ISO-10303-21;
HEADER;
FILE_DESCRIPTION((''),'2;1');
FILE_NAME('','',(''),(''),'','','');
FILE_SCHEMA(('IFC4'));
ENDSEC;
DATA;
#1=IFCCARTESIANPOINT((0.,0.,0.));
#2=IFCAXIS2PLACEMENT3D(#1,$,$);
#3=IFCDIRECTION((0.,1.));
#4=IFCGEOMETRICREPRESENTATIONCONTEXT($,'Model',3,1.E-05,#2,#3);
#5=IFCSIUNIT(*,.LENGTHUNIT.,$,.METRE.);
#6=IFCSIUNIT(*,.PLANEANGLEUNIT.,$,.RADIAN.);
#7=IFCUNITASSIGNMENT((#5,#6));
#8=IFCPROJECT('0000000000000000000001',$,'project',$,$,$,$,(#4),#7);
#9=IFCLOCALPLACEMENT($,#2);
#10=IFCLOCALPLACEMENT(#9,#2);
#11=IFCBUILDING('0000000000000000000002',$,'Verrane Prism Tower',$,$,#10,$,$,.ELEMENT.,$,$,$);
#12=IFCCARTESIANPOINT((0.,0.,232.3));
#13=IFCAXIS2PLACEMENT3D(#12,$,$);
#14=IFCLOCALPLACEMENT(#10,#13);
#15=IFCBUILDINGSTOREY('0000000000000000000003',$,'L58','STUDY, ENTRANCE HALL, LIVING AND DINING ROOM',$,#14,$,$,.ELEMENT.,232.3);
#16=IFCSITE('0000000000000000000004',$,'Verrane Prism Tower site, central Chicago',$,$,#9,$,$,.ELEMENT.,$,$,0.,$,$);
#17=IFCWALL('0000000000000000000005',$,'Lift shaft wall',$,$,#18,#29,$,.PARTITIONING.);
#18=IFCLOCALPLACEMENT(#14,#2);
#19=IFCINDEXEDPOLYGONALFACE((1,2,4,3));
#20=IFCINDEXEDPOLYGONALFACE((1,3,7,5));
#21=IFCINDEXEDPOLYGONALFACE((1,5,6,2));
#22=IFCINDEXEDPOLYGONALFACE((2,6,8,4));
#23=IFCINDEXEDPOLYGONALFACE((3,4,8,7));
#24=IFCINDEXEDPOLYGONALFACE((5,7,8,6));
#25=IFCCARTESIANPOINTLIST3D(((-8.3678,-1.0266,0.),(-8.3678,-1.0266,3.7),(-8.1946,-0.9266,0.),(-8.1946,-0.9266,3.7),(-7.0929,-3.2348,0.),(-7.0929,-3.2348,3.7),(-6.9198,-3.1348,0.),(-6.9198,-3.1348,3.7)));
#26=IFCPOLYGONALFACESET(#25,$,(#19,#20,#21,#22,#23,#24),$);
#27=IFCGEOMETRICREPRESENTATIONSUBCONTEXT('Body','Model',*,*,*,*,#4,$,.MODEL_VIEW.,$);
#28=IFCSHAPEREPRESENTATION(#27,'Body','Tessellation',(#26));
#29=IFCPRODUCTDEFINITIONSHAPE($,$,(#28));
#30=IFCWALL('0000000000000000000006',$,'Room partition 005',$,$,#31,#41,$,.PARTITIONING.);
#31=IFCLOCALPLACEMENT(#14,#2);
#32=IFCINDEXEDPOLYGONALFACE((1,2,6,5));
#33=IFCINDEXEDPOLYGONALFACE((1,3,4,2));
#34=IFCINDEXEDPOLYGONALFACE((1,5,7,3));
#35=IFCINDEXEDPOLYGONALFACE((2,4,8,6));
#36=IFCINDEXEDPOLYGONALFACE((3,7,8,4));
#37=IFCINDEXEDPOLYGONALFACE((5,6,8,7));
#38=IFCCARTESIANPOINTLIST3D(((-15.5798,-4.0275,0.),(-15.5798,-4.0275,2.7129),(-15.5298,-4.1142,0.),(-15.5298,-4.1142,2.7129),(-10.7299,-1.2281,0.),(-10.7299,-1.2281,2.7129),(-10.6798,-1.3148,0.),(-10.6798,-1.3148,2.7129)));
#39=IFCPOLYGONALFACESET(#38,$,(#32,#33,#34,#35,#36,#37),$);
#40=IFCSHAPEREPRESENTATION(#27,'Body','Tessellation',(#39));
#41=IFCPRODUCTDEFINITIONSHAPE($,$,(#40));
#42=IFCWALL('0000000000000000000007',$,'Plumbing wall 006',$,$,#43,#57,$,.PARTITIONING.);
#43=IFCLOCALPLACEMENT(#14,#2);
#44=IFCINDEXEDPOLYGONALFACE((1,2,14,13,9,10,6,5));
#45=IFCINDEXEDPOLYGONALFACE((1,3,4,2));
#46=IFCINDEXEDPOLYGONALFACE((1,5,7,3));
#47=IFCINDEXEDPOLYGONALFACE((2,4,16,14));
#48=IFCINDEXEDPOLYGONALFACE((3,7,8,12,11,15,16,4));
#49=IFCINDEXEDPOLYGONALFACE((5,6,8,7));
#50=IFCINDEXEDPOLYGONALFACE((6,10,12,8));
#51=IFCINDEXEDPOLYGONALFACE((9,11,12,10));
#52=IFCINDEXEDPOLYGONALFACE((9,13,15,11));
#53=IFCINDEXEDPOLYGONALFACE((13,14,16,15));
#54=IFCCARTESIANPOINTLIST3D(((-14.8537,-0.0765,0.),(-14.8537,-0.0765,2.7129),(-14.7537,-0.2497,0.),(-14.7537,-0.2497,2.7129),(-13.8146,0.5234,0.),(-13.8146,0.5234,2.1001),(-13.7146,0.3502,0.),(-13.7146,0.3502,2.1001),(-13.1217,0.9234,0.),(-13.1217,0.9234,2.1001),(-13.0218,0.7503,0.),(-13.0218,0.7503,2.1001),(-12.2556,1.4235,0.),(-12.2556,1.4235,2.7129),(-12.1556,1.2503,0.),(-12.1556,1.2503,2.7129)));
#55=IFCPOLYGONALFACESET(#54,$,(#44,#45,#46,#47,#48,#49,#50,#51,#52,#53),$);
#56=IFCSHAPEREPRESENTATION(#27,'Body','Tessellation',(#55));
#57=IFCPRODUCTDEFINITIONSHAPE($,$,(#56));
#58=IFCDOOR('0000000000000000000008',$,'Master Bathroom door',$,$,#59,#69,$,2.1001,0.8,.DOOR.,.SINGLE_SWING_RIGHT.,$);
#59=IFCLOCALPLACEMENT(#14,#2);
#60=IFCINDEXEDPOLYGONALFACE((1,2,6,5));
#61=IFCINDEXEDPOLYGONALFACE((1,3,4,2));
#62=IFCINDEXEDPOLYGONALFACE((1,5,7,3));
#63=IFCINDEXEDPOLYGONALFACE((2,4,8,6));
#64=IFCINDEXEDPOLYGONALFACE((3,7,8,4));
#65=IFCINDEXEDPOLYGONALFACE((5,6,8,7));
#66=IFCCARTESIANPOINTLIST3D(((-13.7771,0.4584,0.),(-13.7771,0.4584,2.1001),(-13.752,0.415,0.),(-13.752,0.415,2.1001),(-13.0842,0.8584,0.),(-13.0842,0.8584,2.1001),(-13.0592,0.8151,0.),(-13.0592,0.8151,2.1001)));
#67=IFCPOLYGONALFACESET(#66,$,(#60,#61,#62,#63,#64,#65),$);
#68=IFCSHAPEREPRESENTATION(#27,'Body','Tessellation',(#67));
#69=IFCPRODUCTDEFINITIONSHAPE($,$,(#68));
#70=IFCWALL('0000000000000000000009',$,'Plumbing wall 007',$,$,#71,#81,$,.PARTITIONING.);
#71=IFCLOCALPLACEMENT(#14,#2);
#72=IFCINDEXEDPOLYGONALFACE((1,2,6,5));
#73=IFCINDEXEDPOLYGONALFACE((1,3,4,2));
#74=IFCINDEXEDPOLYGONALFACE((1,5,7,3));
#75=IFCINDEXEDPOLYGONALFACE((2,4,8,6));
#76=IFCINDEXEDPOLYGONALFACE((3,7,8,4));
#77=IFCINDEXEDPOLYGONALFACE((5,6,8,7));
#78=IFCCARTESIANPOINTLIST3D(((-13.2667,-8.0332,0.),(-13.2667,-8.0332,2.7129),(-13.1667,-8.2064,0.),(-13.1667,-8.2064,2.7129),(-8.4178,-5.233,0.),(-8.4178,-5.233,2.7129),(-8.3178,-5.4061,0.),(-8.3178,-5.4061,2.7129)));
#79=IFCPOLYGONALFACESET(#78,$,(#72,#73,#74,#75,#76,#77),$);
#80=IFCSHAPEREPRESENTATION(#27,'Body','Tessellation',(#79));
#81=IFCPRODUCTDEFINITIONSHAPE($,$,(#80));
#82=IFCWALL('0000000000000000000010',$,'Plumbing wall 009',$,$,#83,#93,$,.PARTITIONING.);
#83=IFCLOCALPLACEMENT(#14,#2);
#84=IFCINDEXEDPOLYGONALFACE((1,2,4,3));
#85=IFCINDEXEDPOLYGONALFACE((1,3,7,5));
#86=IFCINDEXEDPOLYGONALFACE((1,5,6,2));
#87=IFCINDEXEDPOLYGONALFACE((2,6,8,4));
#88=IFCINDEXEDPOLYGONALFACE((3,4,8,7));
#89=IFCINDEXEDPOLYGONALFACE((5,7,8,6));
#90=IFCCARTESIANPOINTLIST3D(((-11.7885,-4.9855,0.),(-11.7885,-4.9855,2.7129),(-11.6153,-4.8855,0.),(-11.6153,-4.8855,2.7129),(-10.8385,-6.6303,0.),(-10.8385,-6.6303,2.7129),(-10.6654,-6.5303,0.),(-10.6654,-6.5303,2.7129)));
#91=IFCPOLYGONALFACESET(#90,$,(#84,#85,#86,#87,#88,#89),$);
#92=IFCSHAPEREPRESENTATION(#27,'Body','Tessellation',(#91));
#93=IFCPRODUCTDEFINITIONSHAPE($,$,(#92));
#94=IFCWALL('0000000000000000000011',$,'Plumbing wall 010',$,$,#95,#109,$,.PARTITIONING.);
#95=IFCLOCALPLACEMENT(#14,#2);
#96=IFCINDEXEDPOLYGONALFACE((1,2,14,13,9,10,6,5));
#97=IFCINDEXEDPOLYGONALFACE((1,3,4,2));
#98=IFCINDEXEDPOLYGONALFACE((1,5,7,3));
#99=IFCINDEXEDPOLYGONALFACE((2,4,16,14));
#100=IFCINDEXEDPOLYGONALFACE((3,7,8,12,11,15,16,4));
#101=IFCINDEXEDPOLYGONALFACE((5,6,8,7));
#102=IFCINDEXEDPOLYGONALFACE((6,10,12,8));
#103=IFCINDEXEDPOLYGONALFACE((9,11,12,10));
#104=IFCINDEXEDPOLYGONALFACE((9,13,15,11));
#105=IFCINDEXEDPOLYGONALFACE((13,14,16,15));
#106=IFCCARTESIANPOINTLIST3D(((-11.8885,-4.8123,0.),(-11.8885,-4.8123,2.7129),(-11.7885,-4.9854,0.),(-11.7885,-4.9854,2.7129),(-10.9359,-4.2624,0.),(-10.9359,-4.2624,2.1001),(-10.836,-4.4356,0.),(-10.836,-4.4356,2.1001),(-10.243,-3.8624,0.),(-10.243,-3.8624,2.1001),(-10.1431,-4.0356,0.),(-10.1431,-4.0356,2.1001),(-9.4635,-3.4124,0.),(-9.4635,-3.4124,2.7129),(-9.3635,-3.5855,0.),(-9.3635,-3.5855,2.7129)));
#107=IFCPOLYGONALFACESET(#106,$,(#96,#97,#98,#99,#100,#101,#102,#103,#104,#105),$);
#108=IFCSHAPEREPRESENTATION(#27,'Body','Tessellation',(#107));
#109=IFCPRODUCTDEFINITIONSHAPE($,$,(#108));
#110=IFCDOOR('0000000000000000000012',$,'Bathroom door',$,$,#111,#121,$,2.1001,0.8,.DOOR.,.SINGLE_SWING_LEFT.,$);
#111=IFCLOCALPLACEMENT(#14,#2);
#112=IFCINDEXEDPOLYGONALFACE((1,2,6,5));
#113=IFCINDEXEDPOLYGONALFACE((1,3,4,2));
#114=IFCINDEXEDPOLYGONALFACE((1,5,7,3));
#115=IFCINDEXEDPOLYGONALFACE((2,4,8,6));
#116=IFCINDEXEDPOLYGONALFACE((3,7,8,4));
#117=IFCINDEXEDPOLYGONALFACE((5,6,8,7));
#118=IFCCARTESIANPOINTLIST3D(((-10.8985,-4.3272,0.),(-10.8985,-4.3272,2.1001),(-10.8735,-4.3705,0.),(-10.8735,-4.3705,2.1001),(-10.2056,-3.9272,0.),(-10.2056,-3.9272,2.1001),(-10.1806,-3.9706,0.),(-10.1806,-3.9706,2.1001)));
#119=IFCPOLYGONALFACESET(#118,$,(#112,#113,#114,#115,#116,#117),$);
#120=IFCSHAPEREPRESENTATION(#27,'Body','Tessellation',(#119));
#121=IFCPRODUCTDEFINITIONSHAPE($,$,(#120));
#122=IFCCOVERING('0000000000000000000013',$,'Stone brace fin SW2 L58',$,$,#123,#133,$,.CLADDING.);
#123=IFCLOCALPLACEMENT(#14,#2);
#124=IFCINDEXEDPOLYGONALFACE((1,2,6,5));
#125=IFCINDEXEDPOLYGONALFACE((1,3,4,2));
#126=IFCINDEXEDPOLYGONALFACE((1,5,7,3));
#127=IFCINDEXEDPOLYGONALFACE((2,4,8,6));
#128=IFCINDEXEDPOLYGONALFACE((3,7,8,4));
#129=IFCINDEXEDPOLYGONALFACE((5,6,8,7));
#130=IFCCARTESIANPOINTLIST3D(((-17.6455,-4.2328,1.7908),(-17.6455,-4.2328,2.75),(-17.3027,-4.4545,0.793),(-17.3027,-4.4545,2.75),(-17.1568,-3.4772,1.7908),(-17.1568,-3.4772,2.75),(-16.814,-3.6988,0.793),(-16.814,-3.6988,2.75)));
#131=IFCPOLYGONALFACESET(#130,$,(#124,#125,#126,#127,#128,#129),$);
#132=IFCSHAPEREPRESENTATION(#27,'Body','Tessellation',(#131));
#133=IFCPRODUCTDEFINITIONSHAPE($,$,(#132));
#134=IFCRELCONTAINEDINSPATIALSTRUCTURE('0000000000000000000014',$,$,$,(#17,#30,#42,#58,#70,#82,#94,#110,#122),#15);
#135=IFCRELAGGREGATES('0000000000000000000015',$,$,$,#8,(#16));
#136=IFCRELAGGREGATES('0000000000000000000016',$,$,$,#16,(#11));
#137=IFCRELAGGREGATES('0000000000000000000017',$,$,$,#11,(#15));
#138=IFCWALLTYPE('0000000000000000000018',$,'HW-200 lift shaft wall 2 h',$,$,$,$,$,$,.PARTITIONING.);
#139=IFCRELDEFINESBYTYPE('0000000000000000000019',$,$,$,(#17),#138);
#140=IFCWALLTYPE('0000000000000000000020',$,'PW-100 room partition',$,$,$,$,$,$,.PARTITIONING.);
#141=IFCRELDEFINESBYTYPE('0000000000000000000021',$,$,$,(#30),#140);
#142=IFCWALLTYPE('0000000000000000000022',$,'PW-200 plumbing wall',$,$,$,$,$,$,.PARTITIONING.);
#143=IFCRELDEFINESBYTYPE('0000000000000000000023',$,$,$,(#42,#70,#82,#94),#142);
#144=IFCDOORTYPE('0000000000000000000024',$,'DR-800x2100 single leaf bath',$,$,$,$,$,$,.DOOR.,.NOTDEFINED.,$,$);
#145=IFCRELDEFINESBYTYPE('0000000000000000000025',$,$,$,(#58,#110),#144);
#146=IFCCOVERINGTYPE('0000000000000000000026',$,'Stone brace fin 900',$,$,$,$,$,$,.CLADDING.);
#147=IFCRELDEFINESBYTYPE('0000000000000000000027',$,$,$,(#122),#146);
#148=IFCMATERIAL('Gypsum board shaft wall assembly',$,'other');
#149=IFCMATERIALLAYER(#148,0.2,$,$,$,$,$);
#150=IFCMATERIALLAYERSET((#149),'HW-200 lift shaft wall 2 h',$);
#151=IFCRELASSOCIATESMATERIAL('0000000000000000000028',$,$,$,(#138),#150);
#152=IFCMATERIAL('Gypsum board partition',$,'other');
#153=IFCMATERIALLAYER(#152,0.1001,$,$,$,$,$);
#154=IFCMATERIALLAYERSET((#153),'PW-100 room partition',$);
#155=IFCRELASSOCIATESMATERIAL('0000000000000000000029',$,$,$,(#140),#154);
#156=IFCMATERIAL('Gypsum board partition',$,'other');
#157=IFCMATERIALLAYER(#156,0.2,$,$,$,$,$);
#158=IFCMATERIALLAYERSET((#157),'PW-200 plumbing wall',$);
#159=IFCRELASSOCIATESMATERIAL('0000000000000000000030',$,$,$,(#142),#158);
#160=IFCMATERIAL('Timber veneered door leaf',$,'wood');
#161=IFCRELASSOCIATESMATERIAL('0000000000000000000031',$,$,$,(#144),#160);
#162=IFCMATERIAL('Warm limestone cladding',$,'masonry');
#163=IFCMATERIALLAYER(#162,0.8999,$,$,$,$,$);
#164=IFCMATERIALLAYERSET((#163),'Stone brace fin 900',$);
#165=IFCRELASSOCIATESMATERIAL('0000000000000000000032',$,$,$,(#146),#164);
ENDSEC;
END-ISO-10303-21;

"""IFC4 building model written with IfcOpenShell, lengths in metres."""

from ifc_helpers import new_model, si_unit, direction, frame, frame_2d, origin, place, context, subcontext, project, spatial, polyline, rectangle, outline, extrude, material, layer, layer_set, type_object, element, fill, save


model = new_model("IFC4")

# Units and contexts
model_context = context("Model", 3, precision=1e-05, world=origin(), true_north=direction((0.0, 1.0)))
body_context = subcontext(model_context, "Body", "Model", "MODEL_VIEW")
ifc_project = project(units=[si_unit("LENGTHUNIT", "METRE"), si_unit("PLANEANGLEUNIT", "RADIAN")], contexts=[model_context])

# Site, building, storey
site_placement = place(None, origin())
site = spatial("IfcSite", under=ifc_project, at=site_placement, Name="Verrane Prism Tower site, central Chicago", CompositionType="ELEMENT", RefElevation=0.0)
building_placement = place(site_placement, origin())
building = spatial("IfcBuilding", under=site, at=building_placement, Name="Verrane Prism Tower", CompositionType="ELEMENT")
storey_placement = place(building_placement, frame((0.0, 0.0, 232.3)))
storey = spatial("IfcBuildingStorey", under=building, at=storey_placement, Name="L58", Description="STUDY, ENTRANCE HALL, LIVING AND DINING ROOM", CompositionType="ELEMENT", Elevation=232.3)

# Walls
ifc_material_1 = material(Name="Gypsum board shaft wall assembly", Category="other")
ifc_layer_1 = layer(ifc_material_1, 0.2)
ifc_layer_set_1 = layer_set([ifc_layer_1], Name="HW-200 lift shaft wall 2 h")
wall_type_1 = type_object("IfcWallType", Name="HW-200 lift shaft wall 2 h", PredefinedType="PARTITIONING", material=ifc_layer_set_1)
wall_1_placement = place(storey_placement, frame((-7.0063, -3.1848, 0.0), z_axis=(0.0, 0.0, 1.0), x_axis=(-0.49999, 0.866031, 0.0)))
element("IfcWall", 1, at=wall_1_placement, inside=storey, type_object=wall_type_1, Name="Lift shaft wall", PredefinedType="PARTITIONING", context=body_context, shape_type="SweptSolid", body=[
    extrude(rectangle(XDim=2.5498, YDim=0.2, at=frame_2d((1.2749, 0.0))), origin(), (0.0, 0.0, 1.0), 3.7),
])
ifc_material_2 = material(Name="Gypsum board partition", Category="other")
ifc_layer_2 = layer(ifc_material_2, 0.1001)
ifc_layer_set_2 = layer_set([ifc_layer_2], Name="PW-100 room partition")
wall_type_2 = type_object("IfcWallType", Name="PW-100 room partition", PredefinedType="PARTITIONING", material=ifc_layer_set_2)
wall_2_placement = place(storey_placement, frame((-15.5547, -4.0708, 0.0), z_axis=(0.0, 0.0, 1.0), x_axis=(0.866083, 0.4999, 0.0)))
element("IfcWall", 2, at=wall_2_placement, inside=storey, type_object=wall_type_2, Name="Room partition 005", PredefinedType="PARTITIONING", context=body_context, shape_type="SweptSolid", body=[
    extrude(rectangle(XDim=5.5999, YDim=0.1001, at=frame_2d((2.7998, 0.0))), origin(), (0.0, 0.0, 1.0), 2.7129),
])

# Wall, opening, door
ifc_material_3 = material(Name="Gypsum board partition", Category="other")
ifc_layer_3 = layer(ifc_material_3, 0.2)
ifc_layer_set_3 = layer_set([ifc_layer_3], Name="PW-200 plumbing wall")
wall_type_3 = type_object("IfcWallType", Name="PW-200 plumbing wall", PredefinedType="PARTITIONING", material=ifc_layer_set_3)
wall_3_placement = place(storey_placement, frame((-14.8037, -0.1631, 0.0), z_axis=(0.0, 0.0, 1.0), x_axis=(0.866031, 0.49999, 0.0)))
wall_3 = element("IfcWall", 3, at=wall_3_placement, inside=storey, type_object=wall_type_3, Name="Plumbing wall 006", PredefinedType="PARTITIONING", context=body_context, shape_type="SweptSolid", body=[
    extrude(rectangle(XDim=3.0, YDim=0.2, at=frame_2d((1.5, 0.0))), origin(), (0.0, 0.0, 1.0), 2.7129),
])
opening_1_placement = place(wall_3_placement, frame((1.2, 0.0, 0.0)))
opening_1 = element("IfcOpeningElement", 4, at=opening_1_placement, cuts=wall_3, PredefinedType="OPENING", context=body_context, shape_type="SweptSolid", body=[
    extrude(rectangle(XDim=0.8, YDim=2.1001, at=frame_2d((0.3999, 1.05))), frame((0.0, 0.1099, 0.0), z_axis=(0.0, -1.0, 0.0), x_axis=(1.0, 0.0, 0.0)), (0.0, 0.0, 1.0), 0.22),
])
ifc_material_4 = material(Name="Timber veneered door leaf", Category="wood")
door_type = type_object("IfcDoorType", Name="DR-800x2100 single leaf bath", OperationType="NOTDEFINED", PredefinedType="DOOR", material=ifc_material_4)
door_1_placement = place(opening_1_placement, origin())
door_1 = element("IfcDoor", 5, at=door_1_placement, inside=storey, type_object=door_type, Name="Master Bathroom door", OperationType="SINGLE_SWING_RIGHT", OverallHeight=2.1001, OverallWidth=0.8, PredefinedType="DOOR", context=body_context, shape_type="SweptSolid", body=[
    extrude(rectangle(XDim=0.8, YDim=2.1001, at=frame_2d((0.3999, 1.05))), frame((0.0, 0.0249, 0.0), z_axis=(0.0, -1.0, 0.0), x_axis=(1.0, 0.0, 0.0)), (0.0, 0.0, 1.0), 0.05),
])
fill(opening_1, door_1)

# Walls
wall_4_placement = place(storey_placement, frame((-13.2168, -8.1199, 0.0), z_axis=(0.0, 0.0, 1.0), x_axis=(0.865964, 0.500106, 0.0)))
element("IfcWall", 6, at=wall_4_placement, inside=storey, type_object=wall_type_3, Name="Plumbing wall 007", PredefinedType="PARTITIONING", context=body_context, shape_type="SweptSolid", body=[
    extrude(rectangle(XDim=5.5994, YDim=0.2, at=frame_2d((2.7998, 0.0))), origin(), (0.0, 0.0, 1.0), 2.7129),
])
wall_5_placement = place(storey_placement, frame((-11.7019, -4.9355, 0.0), z_axis=(0.0, 0.0, 1.0), x_axis=(0.500134, -0.865948, 0.0)))
element("IfcWall", 7, at=wall_5_placement, inside=storey, type_object=wall_type_3, Name="Plumbing wall 009", PredefinedType="PARTITIONING", context=body_context, shape_type="SweptSolid", body=[
    extrude(rectangle(XDim=1.8994, YDim=0.2, at=frame_2d((0.9497, 0.0))), origin(), (0.0, 0.0, 1.0), 2.7129),
])

# Wall, opening, door
wall_6_placement = place(storey_placement, frame((-9.4136, -3.499, 0.0), z_axis=(0.0, 0.0, 1.0), x_axis=(-0.866056, -0.499946, 0.0)))
wall_6 = element("IfcWall", 8, at=wall_6_placement, inside=storey, type_object=wall_type_3, Name="Plumbing wall 010", PredefinedType="PARTITIONING", context=body_context, shape_type="SweptSolid", body=[
    extrude(rectangle(XDim=2.8, YDim=0.2, at=frame_2d((1.3999, 0.0))), origin(), (0.0, 0.0, 1.0), 2.7129),
])
opening_2_placement = place(wall_6_placement, frame((0.9001, 0.0, 0.0)))
opening_2 = element("IfcOpeningElement", 9, at=opening_2_placement, cuts=wall_6, PredefinedType="OPENING", context=body_context, shape_type="SweptSolid", body=[
    extrude(rectangle(XDim=0.8, YDim=2.1001, at=frame_2d((0.3999, 1.05))), frame((0.0, 0.1099, 0.0), z_axis=(0.0, -1.0, 0.0), x_axis=(1.0, 0.0, 0.0)), (0.0, 0.0, 1.0), 0.22),
])
door_2_placement = place(opening_2_placement, origin())
door_2 = element("IfcDoor", 10, at=door_2_placement, inside=storey, type_object=door_type, Name="Bathroom door", OperationType="SINGLE_SWING_LEFT", OverallHeight=2.1001, OverallWidth=0.8, PredefinedType="DOOR", context=body_context, shape_type="SweptSolid", body=[
    extrude(rectangle(XDim=0.8, YDim=2.1001, at=frame_2d((0.3999, 1.05))), frame((0.0, 0.0249, 0.0), z_axis=(0.0, -1.0, 0.0), x_axis=(1.0, 0.0, 0.0)), (0.0, 0.0, 1.0), 0.05),
])
fill(opening_2, door_2)

# Covering
ifc_material_5 = material(Name="Warm limestone cladding", Category="masonry")
ifc_layer_4 = layer(ifc_material_5, 0.8999)
ifc_layer_set_4 = layer_set([ifc_layer_4], Name="Stone brace fin 900")
covering_type = type_object("IfcCoveringType", Name="Stone brace fin 900", PredefinedType="CLADDING", material=ifc_layer_set_4)
covering_placement = place(storey_placement, frame((-17.0583, -4.0767, 0.793), z_axis=(0.0, 0.0, 1.0), x_axis=(-0.839699, 0.543053, 0.0)))
element("IfcCovering", 11, at=covering_placement, inside=storey, type_object=covering_type, Name="Stone brace fin SW2 L58", PredefinedType="CLADDING", context=body_context, shape_type="SweptSolid", body=[
    extrude(outline(polyline([(0.4082, 1.957), (0.0, 1.957), (0.0, 0.0), (0.4082, 0.9978), (0.4082, 1.957)])), frame((0.0, 0.45, 0.0), z_axis=(0.0, -1.0, 0.0), x_axis=(1.0, 0.0, 0.0)), (0.0, 0.0, 1.0), 0.8999),
])

save(model, "model.ifc")
